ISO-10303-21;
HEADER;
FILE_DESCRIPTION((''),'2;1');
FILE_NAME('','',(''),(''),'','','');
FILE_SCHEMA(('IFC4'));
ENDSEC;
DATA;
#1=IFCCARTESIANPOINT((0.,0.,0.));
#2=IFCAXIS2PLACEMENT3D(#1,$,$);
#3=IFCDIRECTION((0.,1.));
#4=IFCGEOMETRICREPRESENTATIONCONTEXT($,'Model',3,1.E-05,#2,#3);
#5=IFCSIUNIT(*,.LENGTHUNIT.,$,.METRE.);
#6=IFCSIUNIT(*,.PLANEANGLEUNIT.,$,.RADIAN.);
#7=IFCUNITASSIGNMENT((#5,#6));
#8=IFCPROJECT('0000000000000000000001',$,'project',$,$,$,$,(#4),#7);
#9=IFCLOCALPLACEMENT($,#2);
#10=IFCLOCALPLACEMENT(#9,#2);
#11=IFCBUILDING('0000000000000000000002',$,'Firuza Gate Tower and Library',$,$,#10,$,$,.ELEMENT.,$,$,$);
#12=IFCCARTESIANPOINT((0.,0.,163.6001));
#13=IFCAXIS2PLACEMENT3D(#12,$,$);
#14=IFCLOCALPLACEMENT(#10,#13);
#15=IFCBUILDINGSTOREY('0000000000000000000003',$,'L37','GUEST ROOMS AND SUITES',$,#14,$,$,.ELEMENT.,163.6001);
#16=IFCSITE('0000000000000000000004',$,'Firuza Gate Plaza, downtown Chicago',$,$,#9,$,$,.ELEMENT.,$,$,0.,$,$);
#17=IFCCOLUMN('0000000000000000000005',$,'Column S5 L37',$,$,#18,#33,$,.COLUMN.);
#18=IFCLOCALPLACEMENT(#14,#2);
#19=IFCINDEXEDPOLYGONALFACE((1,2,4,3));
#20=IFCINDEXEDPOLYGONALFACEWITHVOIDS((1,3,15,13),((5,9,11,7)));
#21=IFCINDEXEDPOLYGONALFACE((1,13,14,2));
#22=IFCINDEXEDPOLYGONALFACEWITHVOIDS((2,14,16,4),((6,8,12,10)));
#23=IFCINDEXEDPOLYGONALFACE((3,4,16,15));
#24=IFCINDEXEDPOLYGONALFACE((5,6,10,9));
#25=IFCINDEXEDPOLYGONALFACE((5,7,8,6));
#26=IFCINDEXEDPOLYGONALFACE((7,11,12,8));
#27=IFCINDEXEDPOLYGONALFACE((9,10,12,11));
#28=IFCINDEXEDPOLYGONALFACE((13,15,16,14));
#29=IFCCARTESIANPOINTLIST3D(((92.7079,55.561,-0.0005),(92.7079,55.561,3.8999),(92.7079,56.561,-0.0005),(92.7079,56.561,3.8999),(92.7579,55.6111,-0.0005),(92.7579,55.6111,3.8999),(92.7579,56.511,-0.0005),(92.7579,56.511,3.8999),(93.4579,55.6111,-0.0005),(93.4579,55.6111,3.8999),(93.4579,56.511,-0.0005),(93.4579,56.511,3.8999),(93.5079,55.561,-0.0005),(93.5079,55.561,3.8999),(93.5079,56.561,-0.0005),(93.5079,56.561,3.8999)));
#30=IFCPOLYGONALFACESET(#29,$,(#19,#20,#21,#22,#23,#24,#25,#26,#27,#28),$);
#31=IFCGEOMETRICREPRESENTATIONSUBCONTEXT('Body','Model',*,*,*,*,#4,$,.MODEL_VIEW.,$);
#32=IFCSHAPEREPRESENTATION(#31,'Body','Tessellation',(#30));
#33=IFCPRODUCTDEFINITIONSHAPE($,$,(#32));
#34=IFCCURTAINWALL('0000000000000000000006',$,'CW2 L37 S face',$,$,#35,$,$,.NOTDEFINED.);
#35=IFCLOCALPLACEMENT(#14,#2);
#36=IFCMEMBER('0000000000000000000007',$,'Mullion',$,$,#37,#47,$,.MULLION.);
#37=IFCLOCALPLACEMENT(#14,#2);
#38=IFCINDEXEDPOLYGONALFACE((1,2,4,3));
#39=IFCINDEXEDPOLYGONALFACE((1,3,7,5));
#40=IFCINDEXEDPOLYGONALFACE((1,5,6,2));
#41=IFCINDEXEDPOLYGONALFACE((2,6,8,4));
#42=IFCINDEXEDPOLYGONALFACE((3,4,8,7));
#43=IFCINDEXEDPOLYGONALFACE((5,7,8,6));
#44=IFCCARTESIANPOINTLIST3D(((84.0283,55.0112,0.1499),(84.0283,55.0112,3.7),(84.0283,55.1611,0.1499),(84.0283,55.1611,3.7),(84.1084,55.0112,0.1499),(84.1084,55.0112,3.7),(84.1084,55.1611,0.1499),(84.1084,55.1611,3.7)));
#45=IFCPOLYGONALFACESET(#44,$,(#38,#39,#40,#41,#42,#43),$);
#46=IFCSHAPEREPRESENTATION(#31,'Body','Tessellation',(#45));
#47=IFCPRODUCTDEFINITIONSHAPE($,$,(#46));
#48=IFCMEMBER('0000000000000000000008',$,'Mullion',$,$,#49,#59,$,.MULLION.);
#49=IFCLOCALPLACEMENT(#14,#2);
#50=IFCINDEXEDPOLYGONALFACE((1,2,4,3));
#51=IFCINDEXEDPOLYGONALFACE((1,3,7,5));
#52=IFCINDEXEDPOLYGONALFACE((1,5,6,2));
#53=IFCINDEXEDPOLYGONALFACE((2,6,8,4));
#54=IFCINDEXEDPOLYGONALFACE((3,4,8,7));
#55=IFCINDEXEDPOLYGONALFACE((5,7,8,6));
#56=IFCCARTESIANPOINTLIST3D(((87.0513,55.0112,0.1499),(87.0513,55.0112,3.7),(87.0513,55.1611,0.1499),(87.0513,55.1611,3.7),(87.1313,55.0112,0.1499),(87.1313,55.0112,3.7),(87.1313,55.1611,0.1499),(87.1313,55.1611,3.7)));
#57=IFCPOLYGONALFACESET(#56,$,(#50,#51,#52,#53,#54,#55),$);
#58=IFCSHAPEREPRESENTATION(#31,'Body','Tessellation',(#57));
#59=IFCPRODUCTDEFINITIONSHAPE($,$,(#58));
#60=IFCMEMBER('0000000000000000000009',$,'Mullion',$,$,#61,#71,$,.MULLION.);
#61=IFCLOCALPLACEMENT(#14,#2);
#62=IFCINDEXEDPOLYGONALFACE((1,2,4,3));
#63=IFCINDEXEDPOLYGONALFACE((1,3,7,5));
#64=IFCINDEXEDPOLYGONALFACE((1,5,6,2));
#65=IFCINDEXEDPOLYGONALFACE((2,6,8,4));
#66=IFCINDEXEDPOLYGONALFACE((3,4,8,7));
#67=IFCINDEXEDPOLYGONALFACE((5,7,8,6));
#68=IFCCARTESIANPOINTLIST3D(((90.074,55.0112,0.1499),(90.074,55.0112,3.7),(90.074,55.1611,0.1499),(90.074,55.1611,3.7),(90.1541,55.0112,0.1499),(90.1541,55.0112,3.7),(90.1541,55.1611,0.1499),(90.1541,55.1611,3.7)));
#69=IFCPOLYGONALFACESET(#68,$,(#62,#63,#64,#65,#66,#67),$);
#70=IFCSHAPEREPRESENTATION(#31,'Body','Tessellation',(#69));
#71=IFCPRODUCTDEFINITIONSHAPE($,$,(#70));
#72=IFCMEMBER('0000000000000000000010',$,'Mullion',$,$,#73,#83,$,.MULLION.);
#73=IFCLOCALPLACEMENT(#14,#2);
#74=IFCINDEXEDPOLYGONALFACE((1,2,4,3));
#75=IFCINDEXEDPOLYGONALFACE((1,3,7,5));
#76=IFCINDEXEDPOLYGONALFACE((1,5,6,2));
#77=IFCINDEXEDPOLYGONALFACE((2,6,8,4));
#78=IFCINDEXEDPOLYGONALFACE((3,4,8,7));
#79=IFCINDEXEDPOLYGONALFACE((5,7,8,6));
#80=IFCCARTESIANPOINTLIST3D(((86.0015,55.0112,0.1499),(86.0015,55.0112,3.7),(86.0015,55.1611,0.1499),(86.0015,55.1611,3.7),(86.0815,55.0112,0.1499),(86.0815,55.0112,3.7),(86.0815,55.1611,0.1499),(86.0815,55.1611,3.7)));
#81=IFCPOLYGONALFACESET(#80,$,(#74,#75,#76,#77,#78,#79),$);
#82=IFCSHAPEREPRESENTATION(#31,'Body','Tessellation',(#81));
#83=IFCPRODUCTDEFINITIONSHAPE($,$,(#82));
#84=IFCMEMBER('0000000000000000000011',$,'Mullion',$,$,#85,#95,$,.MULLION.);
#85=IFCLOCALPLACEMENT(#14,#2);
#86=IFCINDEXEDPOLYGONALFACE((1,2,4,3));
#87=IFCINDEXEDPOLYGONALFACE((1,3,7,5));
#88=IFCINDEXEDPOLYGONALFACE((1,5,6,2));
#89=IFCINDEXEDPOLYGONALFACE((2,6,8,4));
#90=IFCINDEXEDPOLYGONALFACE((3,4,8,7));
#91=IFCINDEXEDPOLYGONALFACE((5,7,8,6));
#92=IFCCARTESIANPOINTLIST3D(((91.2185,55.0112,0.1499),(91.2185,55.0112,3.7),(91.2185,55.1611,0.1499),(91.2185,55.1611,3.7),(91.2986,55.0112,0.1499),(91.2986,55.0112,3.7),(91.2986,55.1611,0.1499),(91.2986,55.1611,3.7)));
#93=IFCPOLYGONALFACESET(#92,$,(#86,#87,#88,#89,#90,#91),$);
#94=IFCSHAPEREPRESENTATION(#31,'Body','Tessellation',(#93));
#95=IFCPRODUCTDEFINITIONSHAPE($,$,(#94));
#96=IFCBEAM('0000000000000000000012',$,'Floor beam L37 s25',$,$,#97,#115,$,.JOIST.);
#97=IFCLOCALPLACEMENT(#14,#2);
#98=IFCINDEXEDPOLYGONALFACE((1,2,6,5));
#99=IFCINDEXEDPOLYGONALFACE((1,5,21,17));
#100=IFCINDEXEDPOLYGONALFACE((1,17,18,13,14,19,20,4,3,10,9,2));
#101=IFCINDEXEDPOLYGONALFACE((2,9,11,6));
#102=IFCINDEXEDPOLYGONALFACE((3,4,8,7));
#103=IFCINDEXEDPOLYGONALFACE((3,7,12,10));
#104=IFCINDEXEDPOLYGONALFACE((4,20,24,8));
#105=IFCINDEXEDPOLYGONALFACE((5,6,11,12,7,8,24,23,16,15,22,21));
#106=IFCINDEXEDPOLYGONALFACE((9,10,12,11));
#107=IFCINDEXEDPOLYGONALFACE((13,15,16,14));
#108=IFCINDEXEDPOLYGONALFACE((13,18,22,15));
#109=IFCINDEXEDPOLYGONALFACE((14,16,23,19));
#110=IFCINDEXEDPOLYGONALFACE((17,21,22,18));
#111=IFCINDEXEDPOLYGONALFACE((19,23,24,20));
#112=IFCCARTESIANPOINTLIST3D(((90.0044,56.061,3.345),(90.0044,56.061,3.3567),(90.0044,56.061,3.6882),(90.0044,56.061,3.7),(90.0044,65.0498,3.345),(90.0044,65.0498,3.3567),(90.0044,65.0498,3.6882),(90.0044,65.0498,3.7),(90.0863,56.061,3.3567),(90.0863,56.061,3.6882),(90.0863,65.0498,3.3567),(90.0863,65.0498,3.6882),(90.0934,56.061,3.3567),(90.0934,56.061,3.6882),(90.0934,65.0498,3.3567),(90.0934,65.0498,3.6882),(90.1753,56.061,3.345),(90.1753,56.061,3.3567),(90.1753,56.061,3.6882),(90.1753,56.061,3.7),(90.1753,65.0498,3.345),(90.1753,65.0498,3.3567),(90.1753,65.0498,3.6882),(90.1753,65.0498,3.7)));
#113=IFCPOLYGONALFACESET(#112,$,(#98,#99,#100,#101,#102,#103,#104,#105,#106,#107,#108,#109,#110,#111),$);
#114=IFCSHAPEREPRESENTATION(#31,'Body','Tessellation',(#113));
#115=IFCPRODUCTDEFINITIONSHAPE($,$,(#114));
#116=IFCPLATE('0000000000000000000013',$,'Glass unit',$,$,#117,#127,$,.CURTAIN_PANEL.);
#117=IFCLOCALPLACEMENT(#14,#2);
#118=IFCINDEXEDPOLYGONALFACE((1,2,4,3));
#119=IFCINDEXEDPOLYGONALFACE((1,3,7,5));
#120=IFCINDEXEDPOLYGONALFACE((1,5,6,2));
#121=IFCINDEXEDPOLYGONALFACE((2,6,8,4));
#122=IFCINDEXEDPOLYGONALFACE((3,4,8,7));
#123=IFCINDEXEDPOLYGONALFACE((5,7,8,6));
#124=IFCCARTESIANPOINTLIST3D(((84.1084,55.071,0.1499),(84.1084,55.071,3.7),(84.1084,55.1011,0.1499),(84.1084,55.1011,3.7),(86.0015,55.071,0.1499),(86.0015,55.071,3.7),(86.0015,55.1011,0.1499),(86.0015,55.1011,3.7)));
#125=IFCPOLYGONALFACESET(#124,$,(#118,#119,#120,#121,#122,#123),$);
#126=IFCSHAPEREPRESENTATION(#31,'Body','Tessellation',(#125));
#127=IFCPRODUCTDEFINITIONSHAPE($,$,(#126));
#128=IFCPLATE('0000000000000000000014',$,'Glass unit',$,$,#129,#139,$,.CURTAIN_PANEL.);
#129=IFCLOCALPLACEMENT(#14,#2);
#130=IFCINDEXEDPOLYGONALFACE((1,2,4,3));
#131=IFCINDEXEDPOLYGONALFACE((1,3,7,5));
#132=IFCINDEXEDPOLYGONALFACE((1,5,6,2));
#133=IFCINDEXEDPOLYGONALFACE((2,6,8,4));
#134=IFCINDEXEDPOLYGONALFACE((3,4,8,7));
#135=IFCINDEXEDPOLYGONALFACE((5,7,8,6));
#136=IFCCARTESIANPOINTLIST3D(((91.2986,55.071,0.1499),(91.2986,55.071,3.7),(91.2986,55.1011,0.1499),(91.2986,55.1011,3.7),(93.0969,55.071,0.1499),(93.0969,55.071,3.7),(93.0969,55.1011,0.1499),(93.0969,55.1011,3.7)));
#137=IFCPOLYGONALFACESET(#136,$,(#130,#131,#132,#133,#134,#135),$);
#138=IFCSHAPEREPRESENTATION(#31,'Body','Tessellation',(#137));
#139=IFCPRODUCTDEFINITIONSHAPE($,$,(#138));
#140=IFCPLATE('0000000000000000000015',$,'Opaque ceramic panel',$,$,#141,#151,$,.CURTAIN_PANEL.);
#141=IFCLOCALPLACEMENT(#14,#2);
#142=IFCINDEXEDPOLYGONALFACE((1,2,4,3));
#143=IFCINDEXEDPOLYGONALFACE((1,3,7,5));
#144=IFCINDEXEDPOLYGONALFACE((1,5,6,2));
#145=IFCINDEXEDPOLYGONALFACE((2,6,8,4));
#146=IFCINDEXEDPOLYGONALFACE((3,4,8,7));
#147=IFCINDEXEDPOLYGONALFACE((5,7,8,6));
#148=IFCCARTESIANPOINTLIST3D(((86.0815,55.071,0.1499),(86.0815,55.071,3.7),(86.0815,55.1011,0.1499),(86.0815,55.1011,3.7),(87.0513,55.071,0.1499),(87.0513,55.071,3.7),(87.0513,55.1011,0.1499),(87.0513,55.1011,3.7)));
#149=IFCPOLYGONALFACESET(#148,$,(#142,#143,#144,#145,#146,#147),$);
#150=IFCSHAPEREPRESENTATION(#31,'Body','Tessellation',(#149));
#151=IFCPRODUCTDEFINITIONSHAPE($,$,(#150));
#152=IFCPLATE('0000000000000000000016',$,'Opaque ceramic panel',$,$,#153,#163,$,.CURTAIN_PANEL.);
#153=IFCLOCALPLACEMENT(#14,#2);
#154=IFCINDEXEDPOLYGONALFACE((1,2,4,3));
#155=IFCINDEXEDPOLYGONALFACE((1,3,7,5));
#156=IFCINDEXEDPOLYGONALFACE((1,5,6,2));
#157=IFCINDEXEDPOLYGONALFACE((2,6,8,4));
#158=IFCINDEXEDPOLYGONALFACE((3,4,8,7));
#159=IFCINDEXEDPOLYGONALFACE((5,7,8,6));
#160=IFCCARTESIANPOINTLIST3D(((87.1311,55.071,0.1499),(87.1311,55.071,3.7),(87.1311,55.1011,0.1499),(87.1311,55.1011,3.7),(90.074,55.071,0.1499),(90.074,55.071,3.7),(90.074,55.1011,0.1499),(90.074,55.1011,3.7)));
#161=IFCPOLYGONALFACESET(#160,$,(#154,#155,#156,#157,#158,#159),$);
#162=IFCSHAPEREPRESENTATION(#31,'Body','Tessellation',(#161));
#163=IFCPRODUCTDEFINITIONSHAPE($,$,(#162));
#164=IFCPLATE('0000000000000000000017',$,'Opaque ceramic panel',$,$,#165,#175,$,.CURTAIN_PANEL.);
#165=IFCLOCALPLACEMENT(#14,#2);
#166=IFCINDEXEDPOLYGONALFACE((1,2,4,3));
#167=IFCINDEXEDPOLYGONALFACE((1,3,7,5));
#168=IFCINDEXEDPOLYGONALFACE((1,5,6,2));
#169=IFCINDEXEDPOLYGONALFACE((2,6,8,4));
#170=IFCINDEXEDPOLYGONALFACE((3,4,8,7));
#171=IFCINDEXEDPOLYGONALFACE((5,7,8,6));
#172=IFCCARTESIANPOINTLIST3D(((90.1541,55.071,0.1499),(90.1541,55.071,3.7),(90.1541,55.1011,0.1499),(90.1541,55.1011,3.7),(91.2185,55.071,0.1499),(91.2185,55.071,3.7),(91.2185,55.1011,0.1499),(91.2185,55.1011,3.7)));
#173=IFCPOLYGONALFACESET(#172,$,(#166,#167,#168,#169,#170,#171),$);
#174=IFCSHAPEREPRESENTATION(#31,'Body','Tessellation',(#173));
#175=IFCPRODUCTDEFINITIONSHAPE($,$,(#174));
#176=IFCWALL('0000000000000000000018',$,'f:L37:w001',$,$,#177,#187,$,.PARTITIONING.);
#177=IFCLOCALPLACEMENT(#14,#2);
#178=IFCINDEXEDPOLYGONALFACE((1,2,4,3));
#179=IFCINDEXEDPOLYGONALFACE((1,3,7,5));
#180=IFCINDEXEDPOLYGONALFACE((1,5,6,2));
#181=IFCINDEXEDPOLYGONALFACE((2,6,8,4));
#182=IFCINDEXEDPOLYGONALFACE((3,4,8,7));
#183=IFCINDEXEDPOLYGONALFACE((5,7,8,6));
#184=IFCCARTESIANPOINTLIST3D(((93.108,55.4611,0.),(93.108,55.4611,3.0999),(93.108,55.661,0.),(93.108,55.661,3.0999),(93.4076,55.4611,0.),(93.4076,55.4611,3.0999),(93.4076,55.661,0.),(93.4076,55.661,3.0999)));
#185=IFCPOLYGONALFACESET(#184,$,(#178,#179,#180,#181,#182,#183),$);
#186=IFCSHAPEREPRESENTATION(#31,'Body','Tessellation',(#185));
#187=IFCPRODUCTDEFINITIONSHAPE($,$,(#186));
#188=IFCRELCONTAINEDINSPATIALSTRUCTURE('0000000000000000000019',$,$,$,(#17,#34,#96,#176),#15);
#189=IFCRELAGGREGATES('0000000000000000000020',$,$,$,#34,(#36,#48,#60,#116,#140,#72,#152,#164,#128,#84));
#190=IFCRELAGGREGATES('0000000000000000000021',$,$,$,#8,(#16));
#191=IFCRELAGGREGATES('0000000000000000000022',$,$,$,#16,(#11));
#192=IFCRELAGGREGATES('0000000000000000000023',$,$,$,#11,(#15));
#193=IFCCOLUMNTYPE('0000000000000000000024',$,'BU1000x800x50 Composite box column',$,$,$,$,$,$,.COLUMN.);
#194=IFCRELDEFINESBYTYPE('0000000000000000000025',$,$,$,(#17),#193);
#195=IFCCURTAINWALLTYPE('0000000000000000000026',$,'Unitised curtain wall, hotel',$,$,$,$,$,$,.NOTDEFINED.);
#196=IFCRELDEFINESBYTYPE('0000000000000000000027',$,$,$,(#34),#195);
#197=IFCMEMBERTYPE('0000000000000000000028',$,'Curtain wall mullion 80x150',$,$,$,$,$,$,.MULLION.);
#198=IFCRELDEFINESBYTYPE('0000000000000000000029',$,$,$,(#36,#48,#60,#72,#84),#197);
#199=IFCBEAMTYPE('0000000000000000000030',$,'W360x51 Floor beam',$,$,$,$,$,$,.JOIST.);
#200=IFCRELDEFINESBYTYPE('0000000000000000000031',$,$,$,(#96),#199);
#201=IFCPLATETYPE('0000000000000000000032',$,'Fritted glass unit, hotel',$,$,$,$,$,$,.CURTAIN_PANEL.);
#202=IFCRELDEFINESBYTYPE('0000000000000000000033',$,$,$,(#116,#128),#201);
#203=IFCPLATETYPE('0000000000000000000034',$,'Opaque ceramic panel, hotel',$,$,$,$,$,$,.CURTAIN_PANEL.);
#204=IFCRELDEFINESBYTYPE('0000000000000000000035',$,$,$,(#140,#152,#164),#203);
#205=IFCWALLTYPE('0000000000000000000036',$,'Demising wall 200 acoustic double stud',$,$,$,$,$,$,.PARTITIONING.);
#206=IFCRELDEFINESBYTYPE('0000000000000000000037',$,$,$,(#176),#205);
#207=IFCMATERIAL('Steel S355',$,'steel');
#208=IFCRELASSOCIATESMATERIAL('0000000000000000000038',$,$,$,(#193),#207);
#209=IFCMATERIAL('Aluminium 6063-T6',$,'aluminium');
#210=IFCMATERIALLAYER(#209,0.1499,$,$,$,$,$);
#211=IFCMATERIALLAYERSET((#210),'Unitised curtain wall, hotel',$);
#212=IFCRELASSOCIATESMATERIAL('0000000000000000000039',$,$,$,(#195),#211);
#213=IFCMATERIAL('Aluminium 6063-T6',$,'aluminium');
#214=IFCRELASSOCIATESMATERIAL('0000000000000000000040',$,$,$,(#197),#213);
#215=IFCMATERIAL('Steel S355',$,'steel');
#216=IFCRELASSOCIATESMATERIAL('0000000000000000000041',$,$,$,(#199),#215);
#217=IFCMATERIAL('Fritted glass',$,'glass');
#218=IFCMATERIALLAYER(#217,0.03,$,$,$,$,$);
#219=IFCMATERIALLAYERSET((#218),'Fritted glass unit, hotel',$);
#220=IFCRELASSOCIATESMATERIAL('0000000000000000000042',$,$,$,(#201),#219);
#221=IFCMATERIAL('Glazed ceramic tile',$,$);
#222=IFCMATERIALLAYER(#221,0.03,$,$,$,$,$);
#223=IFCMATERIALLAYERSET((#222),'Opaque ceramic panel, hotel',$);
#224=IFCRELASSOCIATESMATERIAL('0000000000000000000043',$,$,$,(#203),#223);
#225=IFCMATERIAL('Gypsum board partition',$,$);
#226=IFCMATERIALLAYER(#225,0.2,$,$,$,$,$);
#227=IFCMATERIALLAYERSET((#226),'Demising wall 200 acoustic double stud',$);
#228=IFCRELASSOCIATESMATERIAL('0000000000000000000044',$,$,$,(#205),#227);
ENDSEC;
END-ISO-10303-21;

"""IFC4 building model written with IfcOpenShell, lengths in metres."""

from ifc_helpers import new_model, si_unit, direction, frame, frame_2d, origin, origin_2d, place, context, subcontext, project, spatial, polyline, rectangle, hollow_rectangle, i_section, outline, extrude, material, layer, layer_set, material_profile, profile_set, type_object, element, aggregate, save


model = new_model("IFC4")

# Units and contexts
model_context = context("Model", 3, precision=1e-05, world=origin(), true_north=direction((0.0, 1.0)))
body_context = subcontext(model_context, "Body", "Model", "MODEL_VIEW")
ifc_project = project(units=[si_unit("LENGTHUNIT", "METRE"), si_unit("PLANEANGLEUNIT", "RADIAN")], contexts=[model_context])

# Site, building, storey
site_placement = place(None, origin())
site = spatial("IfcSite", under=ifc_project, at=site_placement, Name="Firuza Gate Plaza, downtown Chicago", CompositionType="ELEMENT", RefElevation=0.0)
building_placement = place(site_placement, origin())
building = spatial("IfcBuilding", under=site, at=building_placement, Name="Firuza Gate Tower and Library", CompositionType="ELEMENT")
storey_placement = place(building_placement, frame((0.0, 0.0, 163.6001)))
storey = spatial("IfcBuildingStorey", under=building, at=storey_placement, Name="L37", Description="GUEST ROOMS AND SUITES", CompositionType="ELEMENT", Elevation=163.6001)

# Column
ifc_material_1 = material(Name="Steel S355", Category="steel")
ifc_material_profile_1 = material_profile(ifc_material_1, hollow_rectangle(XDim=0.8, YDim=1.0, WallThickness=0.05, at=origin_2d()))
ifc_profile_set_1 = profile_set([ifc_material_profile_1], Name="Steel S355")
column_type = type_object("IfcColumnType", Name="BU1000x800x50 Composite box column", PredefinedType="COLUMN", material=ifc_profile_set_1)
column_placement = place(storey_placement, frame((93.1079, 56.061, -0.0005), z_axis=(0.0, 0.0, 1.0), x_axis=(1.0, 0.0, 0.0)))
element("IfcColumn", 1, at=column_placement, inside=storey, type_object=column_type, Name="Column S5 L37", PredefinedType="COLUMN", context=body_context, shape_type="SweptSolid", body=[
    extrude(hollow_rectangle(XDim=0.8, YDim=1.0, WallThickness=0.05, at=origin_2d()), origin(), (0.0, 0.0, 1.0), 3.9004),
])

# Curtain wall, members
ifc_material_2 = material(Name="Aluminium 6063-T6", Category="aluminium")
ifc_layer_1 = layer(ifc_material_2, 0.1499)
ifc_layer_set_1 = layer_set([ifc_layer_1], Name="Unitised curtain wall, hotel")
curtain_wall_type = type_object("IfcCurtainWallType", Name="Unitised curtain wall, hotel", PredefinedType="NOTDEFINED", material=ifc_layer_set_1)
curtain_wall_placement = place(storey_placement, origin())
curtain_wall = element("IfcCurtainWall", 2, at=curtain_wall_placement, inside=storey, type_object=curtain_wall_type, Name="CW2 L37 S face", PredefinedType="NOTDEFINED")
ifc_material_3 = material(Name="Aluminium 6063-T6", Category="aluminium")
ifc_material_profile_2 = material_profile(ifc_material_3, rectangle(XDim=0.1499, YDim=0.0801, at=origin_2d()))
ifc_profile_set_2 = profile_set([ifc_material_profile_2], Name="Aluminium 6063-T6")
member_type = type_object("IfcMemberType", Name="Curtain wall mullion 80x150", PredefinedType="MULLION", material=ifc_profile_set_2)
member_1_placement = place(storey_placement, frame((84.0684, 55.0862, 0.1499), z_axis=(0.0, 0.0, 1.0), x_axis=(0.0, 1.0, 0.0)))
member_1 = element("IfcMember", 3, at=member_1_placement, type_object=member_type, Name="Mullion", PredefinedType="MULLION", context=body_context, shape_type="SweptSolid", body=[
    extrude(rectangle(XDim=0.1499, YDim=0.0801, at=origin_2d()), origin(), (0.0, 0.0, 1.0), 3.55),
])
member_2_placement = place(storey_placement, frame((87.0913, 55.0862, 0.1499), z_axis=(0.0, 0.0, 1.0), x_axis=(0.0, 1.0, 0.0)))
member_2 = element("IfcMember", 4, at=member_2_placement, type_object=member_type, Name="Mullion", PredefinedType="MULLION", context=body_context, shape_type="SweptSolid", body=[
    extrude(rectangle(XDim=0.1499, YDim=0.0801, at=origin_2d()), origin(), (0.0, 0.0, 1.0), 3.55),
])
member_3_placement = place(storey_placement, frame((90.114, 55.0862, 0.1499), z_axis=(0.0, 0.0, 1.0), x_axis=(0.0, 1.0, 0.0)))
member_3 = element("IfcMember", 5, at=member_3_placement, type_object=member_type, Name="Mullion", PredefinedType="MULLION", context=body_context, shape_type="SweptSolid", body=[
    extrude(rectangle(XDim=0.1499, YDim=0.0801, at=origin_2d()), origin(), (0.0, 0.0, 1.0), 3.55),
])
member_4_placement = place(storey_placement, frame((86.0415, 55.0862, 0.1499), z_axis=(0.0, 0.0, 1.0), x_axis=(0.0, 1.0, 0.0)))
member_4 = element("IfcMember", 6, at=member_4_placement, type_object=member_type, Name="Mullion", PredefinedType="MULLION", context=body_context, shape_type="SweptSolid", body=[
    extrude(rectangle(XDim=0.1499, YDim=0.0801, at=origin_2d()), origin(), (0.0, 0.0, 1.0), 3.55),
])
member_5_placement = place(storey_placement, frame((91.2585, 55.0862, 0.1499), z_axis=(0.0, 0.0, 1.0), x_axis=(0.0, 1.0, 0.0)))
member_5 = element("IfcMember", 7, at=member_5_placement, type_object=member_type, Name="Mullion", PredefinedType="MULLION", context=body_context, shape_type="SweptSolid", body=[
    extrude(rectangle(XDim=0.1499, YDim=0.0801, at=origin_2d()), origin(), (0.0, 0.0, 1.0), 3.55),
])

# Beam
ifc_material_4 = material(Name="Steel S355", Category="steel")
ifc_material_profile_3 = material_profile(ifc_material_4, i_section(OverallWidth=0.1709, OverallDepth=0.355, WebThickness=0.0071, FlangeThickness=0.0117, at=origin_2d()))
ifc_profile_set_3 = profile_set([ifc_material_profile_3], Name="Steel S355")
beam_type = type_object("IfcBeamType", Name="W360x51 Floor beam", PredefinedType="JOIST", material=ifc_profile_set_3)
beam_placement = place(storey_placement, frame((90.0898, 56.061, 3.5225), z_axis=(0.0, 1.0, 0.0), x_axis=(-1.0, 0.0, 0.0)))
element("IfcBeam", 8, at=beam_placement, inside=storey, type_object=beam_type, Name="Floor beam L37 s25", PredefinedType="JOIST", context=body_context, shape_type="SweptSolid", body=[
    extrude(i_section(OverallWidth=0.1709, OverallDepth=0.355, WebThickness=0.0071, FlangeThickness=0.0117, at=origin_2d()), origin(), (0.0, 0.0, 1.0), 8.9888),
])

# Plates
ifc_material_5 = material(Name="Fritted glass", Category="glass")
ifc_layer_2 = layer(ifc_material_5, 0.03)
ifc_layer_set_2 = layer_set([ifc_layer_2], Name="Fritted glass unit, hotel")
plate_type_1 = type_object("IfcPlateType", Name="Fritted glass unit, hotel", PredefinedType="CURTAIN_PANEL", material=ifc_layer_set_2)
plate_1_placement = place(storey_placement, frame((84.1084, 55.071, 0.1499), z_axis=(0.0, -1.0, 0.0), x_axis=(1.0, 0.0, 0.0)))
plate_1 = element("IfcPlate", 9, at=plate_1_placement, type_object=plate_type_1, Name="Glass unit", PredefinedType="CURTAIN_PANEL", context=body_context, shape_type="SweptSolid", body=[
    extrude(outline(polyline([(0.0, 0.0), (1.8931, 0.0), (1.8931, 3.55), (0.0, 3.55), (0.0, 0.0)])), origin(), (0.0, 0.0, -1.0), 0.03),
])
plate_2_placement = place(storey_placement, frame((91.2986, 55.071, 0.1499), z_axis=(0.0, -1.0, 0.0), x_axis=(1.0, 0.0, 0.0)))
plate_2 = element("IfcPlate", 10, at=plate_2_placement, type_object=plate_type_1, Name="Glass unit", PredefinedType="CURTAIN_PANEL", context=body_context, shape_type="SweptSolid", body=[
    extrude(outline(polyline([(0.0, 0.0), (1.7983, 0.0), (1.7983, 3.55), (0.0, 3.55), (0.0, 0.0)])), origin(), (0.0, 0.0, -1.0), 0.03),
])
ifc_material_6 = material(Name="Glazed ceramic tile")
ifc_layer_3 = layer(ifc_material_6, 0.03)
ifc_layer_set_3 = layer_set([ifc_layer_3], Name="Opaque ceramic panel, hotel")
plate_type_2 = type_object("IfcPlateType", Name="Opaque ceramic panel, hotel", PredefinedType="CURTAIN_PANEL", material=ifc_layer_set_3)
plate_3_placement = place(storey_placement, frame((86.0815, 55.071, 0.1499), z_axis=(0.0, -1.0, 0.0), x_axis=(1.0, 0.0, 0.0)))
plate_3 = element("IfcPlate", 11, at=plate_3_placement, type_object=plate_type_2, Name="Opaque ceramic panel", PredefinedType="CURTAIN_PANEL", context=body_context, shape_type="SweptSolid", body=[
    extrude(outline(polyline([(0.0, 0.0), (0.9697, 0.0), (0.9697, 3.55), (0.0, 3.55), (0.0, 0.0)])), origin(), (0.0, 0.0, -1.0), 0.03),
])
plate_4_placement = place(storey_placement, frame((87.1311, 55.071, 0.1499), z_axis=(0.0, -1.0, 0.0), x_axis=(1.0, 0.0, 0.0)))
plate_4 = element("IfcPlate", 12, at=plate_4_placement, type_object=plate_type_2, Name="Opaque ceramic panel", PredefinedType="CURTAIN_PANEL", context=body_context, shape_type="SweptSolid", body=[
    extrude(outline(polyline([(0.0, 0.0), (2.9429, 0.0), (2.9429, 3.55), (0.0, 3.55), (0.0, 0.0)])), origin(), (0.0, 0.0, -1.0), 0.03),
])
plate_5_placement = place(storey_placement, frame((90.1541, 55.071, 0.1499), z_axis=(0.0, -1.0, 0.0), x_axis=(1.0, 0.0, 0.0)))
plate_5 = element("IfcPlate", 13, at=plate_5_placement, type_object=plate_type_2, Name="Opaque ceramic panel", PredefinedType="CURTAIN_PANEL", context=body_context, shape_type="SweptSolid", body=[
    extrude(outline(polyline([(0.0, 0.0), (1.0645, 0.0), (1.0645, 3.55), (0.0, 3.55), (0.0, 0.0)])), origin(), (0.0, 0.0, -1.0), 0.03),
])
aggregate(curtain_wall, [member_1, member_2, member_3, plate_1, plate_3, member_4, plate_4, plate_5, plate_2, member_5])

# Wall
ifc_material_7 = material(Name="Gypsum board partition")
ifc_layer_4 = layer(ifc_material_7, 0.2)
ifc_layer_set_4 = layer_set([ifc_layer_4], Name="Demising wall 200 acoustic double stud")
wall_type_1 = type_object("IfcWallType", Name="Demising wall 200 acoustic double stud", PredefinedType="PARTITIONING", material=ifc_layer_set_4)
wall_1_placement = place(storey_placement, frame((93.1079, 55.561, 0.0), z_axis=(0.0, 0.0, 1.0), x_axis=(1.0, 0.0, 0.0)))
element("IfcWall", 14, at=wall_1_placement, inside=storey, type_object=wall_type_1, Name="f:L37:w001", PredefinedType="PARTITIONING", context=body_context, shape_type="SweptSolid", body=[
    extrude(rectangle(XDim=0.2996, YDim=0.2, at=frame_2d((0.1499, 0.0))), origin(), (0.0, 0.0, 1.0), 3.0999),
])

save(model, "model.ifc")
